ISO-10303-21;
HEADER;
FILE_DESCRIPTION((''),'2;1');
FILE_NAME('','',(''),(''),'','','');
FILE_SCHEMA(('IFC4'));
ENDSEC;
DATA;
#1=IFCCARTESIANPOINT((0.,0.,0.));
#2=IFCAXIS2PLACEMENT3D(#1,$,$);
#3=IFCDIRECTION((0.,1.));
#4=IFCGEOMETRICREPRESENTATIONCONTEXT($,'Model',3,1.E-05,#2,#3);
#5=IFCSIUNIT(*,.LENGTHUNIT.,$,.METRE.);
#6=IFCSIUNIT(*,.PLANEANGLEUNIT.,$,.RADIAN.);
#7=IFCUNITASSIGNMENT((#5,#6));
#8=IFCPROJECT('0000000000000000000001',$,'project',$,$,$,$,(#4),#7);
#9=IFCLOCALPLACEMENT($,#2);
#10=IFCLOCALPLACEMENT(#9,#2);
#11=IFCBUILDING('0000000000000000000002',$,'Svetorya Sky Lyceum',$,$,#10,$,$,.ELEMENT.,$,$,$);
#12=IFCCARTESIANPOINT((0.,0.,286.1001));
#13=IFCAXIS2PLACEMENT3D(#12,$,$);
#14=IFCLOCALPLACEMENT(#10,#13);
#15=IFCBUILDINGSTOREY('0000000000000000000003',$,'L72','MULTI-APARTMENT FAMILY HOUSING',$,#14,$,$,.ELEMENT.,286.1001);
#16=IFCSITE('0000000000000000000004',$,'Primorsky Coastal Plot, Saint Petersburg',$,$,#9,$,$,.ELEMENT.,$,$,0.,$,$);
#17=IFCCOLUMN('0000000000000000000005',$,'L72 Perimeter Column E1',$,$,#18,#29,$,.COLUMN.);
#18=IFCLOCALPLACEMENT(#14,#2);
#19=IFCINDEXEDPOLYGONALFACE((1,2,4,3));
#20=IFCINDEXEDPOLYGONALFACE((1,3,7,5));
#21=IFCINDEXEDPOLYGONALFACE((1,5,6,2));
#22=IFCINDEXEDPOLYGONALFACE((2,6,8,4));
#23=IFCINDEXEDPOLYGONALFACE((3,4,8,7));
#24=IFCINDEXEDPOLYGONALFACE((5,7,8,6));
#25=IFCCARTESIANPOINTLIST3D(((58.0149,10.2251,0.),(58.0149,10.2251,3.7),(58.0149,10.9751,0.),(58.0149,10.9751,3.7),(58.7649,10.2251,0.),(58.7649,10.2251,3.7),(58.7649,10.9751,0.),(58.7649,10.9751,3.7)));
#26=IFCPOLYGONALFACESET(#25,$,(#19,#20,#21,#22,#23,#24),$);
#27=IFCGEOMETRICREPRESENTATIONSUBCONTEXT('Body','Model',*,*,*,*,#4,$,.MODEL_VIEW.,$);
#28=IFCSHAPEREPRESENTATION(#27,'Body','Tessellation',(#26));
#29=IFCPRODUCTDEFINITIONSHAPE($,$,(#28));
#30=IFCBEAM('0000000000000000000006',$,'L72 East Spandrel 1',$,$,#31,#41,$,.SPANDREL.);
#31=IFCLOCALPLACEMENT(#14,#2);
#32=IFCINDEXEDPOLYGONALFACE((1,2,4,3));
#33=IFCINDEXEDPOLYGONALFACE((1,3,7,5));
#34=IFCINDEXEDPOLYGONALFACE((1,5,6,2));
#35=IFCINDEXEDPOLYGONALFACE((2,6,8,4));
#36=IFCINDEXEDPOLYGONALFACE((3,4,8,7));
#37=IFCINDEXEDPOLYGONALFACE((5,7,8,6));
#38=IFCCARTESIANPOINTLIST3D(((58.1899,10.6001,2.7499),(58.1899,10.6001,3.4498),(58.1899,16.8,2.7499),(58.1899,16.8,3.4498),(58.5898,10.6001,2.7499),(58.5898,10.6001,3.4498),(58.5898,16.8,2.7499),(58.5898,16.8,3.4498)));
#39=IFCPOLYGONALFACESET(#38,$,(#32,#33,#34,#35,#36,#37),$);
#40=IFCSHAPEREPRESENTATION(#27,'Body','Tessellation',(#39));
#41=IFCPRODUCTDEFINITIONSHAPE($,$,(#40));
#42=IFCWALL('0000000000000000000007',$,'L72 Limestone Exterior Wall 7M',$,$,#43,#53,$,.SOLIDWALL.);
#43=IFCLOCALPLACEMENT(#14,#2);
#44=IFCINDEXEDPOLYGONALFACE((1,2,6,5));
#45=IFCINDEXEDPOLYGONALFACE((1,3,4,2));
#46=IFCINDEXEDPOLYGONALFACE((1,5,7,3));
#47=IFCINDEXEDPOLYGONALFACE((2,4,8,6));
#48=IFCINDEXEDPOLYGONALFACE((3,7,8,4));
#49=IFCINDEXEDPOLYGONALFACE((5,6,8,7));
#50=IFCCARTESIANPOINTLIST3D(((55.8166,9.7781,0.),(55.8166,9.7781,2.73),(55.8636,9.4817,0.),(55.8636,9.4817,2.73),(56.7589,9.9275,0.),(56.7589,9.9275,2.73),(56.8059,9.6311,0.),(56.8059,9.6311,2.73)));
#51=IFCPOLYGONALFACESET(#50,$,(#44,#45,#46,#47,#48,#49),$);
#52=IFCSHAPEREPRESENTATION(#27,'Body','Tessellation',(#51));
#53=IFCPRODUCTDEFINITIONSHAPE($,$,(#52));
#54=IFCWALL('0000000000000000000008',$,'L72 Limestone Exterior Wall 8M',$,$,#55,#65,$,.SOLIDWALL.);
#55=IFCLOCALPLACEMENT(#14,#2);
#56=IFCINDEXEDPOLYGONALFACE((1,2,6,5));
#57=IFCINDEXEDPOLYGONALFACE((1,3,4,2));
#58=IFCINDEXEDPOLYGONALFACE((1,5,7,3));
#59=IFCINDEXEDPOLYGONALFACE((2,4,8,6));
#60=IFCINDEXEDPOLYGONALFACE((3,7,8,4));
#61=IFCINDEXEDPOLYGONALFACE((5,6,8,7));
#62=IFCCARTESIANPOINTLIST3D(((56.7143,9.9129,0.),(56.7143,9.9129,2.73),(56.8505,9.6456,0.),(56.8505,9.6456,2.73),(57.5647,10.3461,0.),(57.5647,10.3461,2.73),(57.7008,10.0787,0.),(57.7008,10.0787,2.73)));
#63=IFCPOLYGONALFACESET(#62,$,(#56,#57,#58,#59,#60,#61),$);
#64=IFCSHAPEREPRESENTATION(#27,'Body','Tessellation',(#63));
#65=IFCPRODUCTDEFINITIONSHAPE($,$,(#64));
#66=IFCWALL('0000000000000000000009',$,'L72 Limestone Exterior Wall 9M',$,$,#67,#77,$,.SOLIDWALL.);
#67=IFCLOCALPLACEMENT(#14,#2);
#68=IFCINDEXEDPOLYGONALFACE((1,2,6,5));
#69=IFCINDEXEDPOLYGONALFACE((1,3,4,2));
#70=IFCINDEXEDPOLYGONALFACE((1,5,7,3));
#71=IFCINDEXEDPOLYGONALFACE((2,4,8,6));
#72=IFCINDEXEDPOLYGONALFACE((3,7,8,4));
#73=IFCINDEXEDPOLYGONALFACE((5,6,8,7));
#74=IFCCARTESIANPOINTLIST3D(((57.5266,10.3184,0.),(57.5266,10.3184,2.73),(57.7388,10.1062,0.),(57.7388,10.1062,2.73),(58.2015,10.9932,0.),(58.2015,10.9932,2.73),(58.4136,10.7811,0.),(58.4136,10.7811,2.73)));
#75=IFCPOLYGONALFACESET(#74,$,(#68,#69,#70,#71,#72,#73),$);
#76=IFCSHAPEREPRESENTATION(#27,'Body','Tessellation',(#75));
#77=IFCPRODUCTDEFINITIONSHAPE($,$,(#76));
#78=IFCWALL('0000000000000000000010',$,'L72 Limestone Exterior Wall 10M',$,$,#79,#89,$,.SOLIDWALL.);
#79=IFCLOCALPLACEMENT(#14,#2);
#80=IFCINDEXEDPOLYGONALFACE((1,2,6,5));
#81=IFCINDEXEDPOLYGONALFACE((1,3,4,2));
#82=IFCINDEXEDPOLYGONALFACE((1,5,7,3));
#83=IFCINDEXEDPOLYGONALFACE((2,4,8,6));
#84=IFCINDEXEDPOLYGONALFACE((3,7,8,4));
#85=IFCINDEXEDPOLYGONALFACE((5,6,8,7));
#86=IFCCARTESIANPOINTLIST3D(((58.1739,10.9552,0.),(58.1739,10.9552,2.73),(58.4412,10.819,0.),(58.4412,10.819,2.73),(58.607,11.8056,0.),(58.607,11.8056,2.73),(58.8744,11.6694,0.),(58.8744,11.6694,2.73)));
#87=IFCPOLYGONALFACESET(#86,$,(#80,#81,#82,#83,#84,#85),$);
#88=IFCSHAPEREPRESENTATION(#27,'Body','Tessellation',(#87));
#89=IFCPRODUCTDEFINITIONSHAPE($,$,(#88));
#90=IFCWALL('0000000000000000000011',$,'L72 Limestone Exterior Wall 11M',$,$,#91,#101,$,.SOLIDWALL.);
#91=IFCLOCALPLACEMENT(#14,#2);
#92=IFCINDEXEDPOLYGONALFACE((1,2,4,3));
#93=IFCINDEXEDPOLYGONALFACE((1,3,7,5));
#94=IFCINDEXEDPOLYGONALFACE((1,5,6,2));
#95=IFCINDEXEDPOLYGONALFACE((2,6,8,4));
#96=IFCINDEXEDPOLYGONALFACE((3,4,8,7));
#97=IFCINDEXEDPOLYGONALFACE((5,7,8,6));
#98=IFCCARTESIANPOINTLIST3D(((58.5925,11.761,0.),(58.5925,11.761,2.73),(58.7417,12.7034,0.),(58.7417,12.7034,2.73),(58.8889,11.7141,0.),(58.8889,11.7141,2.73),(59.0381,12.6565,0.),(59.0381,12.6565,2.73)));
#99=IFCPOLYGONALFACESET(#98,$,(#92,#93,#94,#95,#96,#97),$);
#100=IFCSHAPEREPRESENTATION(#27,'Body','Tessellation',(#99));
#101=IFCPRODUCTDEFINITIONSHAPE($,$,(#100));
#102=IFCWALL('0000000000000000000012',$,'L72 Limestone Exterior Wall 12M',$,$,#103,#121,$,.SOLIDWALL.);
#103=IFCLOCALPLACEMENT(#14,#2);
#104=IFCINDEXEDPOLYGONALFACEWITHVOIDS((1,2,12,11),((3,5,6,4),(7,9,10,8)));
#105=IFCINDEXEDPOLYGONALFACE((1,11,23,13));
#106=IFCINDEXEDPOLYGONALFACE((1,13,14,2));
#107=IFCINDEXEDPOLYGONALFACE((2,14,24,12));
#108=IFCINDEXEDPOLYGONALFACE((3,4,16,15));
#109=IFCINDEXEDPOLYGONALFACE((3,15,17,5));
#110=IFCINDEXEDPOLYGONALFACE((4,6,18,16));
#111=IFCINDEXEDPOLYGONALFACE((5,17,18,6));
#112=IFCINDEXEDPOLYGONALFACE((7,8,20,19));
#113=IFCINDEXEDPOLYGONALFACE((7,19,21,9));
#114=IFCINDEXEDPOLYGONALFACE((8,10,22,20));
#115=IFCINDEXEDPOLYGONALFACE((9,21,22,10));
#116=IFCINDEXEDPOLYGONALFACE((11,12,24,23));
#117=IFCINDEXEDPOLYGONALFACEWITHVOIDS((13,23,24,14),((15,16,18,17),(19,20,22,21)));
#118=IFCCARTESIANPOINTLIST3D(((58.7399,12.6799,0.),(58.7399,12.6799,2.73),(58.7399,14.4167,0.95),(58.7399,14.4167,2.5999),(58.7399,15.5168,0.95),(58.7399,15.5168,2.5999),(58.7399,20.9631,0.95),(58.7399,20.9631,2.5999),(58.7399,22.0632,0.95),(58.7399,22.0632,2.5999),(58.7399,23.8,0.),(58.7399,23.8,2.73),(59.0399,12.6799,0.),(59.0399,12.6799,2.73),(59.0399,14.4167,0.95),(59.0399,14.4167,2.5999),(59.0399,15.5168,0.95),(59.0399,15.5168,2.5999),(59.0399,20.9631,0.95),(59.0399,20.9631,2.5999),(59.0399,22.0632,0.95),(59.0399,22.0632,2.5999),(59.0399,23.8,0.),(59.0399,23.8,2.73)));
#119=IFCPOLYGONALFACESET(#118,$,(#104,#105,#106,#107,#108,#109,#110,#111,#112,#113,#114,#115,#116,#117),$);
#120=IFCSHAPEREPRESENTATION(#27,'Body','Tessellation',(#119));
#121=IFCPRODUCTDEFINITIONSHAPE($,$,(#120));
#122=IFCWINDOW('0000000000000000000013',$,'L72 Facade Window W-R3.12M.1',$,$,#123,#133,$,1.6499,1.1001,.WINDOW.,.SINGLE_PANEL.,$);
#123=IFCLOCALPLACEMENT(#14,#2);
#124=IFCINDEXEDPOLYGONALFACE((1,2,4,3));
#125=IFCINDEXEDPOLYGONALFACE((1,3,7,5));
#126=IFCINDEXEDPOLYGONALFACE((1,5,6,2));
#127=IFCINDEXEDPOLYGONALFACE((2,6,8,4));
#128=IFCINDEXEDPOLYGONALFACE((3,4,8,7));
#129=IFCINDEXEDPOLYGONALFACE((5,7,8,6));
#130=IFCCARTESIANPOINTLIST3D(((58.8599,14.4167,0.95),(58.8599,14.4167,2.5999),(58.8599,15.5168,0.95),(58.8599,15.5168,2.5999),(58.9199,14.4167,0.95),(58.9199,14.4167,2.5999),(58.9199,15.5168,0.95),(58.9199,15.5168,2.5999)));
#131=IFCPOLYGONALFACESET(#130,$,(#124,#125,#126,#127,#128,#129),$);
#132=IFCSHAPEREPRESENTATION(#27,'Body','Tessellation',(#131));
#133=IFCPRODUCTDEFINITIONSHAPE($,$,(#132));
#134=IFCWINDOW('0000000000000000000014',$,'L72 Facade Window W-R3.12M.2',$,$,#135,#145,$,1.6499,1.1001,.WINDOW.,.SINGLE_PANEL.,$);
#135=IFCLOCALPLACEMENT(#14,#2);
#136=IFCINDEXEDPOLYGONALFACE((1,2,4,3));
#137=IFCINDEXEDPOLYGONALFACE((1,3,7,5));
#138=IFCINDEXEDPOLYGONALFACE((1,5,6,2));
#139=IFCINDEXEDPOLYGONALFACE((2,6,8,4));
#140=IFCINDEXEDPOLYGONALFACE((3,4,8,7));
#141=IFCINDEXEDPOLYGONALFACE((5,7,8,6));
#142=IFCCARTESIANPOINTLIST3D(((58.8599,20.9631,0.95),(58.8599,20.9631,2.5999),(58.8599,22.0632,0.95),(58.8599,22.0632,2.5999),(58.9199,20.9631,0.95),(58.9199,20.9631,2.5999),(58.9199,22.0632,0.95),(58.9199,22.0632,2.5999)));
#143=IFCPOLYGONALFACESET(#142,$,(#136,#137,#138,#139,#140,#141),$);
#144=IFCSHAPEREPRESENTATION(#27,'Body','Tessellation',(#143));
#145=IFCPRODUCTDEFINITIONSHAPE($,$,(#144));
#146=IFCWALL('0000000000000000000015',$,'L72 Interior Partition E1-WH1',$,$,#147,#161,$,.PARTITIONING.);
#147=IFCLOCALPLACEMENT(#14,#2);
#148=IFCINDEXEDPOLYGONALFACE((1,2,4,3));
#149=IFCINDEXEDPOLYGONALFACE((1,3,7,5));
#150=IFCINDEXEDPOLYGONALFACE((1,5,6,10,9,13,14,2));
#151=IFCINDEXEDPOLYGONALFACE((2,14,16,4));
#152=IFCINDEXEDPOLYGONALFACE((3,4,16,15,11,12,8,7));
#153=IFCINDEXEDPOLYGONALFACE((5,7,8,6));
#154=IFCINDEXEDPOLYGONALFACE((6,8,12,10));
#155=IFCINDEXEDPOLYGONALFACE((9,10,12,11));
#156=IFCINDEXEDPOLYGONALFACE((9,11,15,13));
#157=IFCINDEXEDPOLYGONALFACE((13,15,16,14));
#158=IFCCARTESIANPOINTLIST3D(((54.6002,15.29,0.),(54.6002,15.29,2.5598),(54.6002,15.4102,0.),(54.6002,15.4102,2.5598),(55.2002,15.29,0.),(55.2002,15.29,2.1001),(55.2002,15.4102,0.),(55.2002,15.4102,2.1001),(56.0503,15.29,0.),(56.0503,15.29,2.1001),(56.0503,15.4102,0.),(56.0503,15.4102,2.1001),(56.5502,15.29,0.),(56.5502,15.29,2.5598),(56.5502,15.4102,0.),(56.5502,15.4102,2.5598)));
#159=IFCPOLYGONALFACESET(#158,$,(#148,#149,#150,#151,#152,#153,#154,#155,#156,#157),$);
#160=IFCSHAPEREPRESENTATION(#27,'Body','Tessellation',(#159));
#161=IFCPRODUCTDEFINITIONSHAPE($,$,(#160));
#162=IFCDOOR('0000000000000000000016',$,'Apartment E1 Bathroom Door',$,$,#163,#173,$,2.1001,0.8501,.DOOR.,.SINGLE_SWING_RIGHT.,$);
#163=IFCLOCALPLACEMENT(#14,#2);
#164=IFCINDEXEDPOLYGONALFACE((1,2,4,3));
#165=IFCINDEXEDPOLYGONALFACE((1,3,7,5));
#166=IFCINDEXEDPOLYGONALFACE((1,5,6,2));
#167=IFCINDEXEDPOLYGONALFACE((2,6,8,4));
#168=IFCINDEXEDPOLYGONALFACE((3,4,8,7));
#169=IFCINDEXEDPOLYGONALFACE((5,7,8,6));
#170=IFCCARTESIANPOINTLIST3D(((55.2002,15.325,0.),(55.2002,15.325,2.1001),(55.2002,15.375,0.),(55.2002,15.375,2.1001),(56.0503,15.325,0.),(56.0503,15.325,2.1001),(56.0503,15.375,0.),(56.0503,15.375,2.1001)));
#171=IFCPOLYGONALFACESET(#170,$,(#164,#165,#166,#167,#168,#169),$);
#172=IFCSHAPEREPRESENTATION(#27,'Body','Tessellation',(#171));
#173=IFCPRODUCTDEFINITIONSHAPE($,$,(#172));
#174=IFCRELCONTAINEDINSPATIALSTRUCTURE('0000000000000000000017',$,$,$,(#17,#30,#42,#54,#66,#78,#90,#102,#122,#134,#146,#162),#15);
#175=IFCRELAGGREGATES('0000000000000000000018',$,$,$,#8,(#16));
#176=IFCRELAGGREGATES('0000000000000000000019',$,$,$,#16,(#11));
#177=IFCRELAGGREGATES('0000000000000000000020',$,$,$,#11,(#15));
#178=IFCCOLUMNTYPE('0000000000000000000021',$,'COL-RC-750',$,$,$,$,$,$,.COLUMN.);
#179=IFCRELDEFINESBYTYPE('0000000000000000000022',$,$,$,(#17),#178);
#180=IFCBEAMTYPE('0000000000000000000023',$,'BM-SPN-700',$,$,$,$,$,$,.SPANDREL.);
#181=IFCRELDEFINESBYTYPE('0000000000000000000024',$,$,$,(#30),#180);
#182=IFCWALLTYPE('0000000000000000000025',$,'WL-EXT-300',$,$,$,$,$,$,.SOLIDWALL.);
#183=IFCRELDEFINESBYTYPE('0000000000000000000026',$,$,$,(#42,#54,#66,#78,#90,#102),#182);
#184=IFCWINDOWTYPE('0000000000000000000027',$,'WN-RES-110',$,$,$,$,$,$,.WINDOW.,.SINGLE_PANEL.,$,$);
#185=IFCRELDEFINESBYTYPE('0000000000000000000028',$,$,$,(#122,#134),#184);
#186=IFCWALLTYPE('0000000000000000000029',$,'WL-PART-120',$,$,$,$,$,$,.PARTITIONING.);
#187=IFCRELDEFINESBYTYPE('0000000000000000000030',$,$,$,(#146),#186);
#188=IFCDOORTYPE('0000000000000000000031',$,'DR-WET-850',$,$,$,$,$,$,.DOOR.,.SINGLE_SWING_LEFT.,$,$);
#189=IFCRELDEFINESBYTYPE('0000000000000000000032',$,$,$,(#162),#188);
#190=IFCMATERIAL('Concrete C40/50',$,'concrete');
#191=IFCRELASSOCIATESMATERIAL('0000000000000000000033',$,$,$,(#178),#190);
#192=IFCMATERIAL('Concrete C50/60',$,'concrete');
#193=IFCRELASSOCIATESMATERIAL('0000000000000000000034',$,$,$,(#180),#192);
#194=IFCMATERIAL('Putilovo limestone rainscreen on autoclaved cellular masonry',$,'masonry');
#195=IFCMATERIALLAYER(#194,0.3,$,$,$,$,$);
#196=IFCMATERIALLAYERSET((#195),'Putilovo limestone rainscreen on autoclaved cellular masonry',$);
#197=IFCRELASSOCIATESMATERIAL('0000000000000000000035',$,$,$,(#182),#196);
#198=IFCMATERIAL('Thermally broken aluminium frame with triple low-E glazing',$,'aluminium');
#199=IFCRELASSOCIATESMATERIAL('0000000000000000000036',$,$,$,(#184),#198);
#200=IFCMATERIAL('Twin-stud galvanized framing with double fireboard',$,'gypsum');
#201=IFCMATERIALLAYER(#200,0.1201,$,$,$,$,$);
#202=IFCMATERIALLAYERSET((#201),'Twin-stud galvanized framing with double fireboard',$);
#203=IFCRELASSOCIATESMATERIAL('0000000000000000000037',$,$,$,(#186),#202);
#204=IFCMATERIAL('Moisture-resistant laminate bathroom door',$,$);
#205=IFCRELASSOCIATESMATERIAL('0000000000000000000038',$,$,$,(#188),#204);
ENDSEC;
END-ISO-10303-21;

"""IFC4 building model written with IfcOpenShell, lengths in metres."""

from ifc_helpers import new_model, si_unit, direction, frame, frame_2d, origin, origin_2d, place, context, subcontext, project, spatial, rectangle, extrude, material, layer, layer_set, material_profile, profile_set, type_object, element, fill, save


model = new_model("IFC4")

# Units and contexts
model_context = context("Model", 3, precision=1e-05, world=origin(), true_north=direction((0.0, 1.0)))
body_context = subcontext(model_context, "Body", "Model", "MODEL_VIEW")
ifc_project = project(units=[si_unit("LENGTHUNIT", "METRE"), si_unit("PLANEANGLEUNIT", "RADIAN")], contexts=[model_context])

# Site, building, storey
site_placement = place(None, origin())
site = spatial("IfcSite", under=ifc_project, at=site_placement, Name="Primorsky Coastal Plot, Saint Petersburg", CompositionType="ELEMENT", RefElevation=0.0)
building_placement = place(site_placement, origin())
building = spatial("IfcBuilding", under=site, at=building_placement, Name="Svetorya Sky Lyceum", CompositionType="ELEMENT")
storey_placement = place(building_placement, frame((0.0, 0.0, 286.1001)))
storey = spatial("IfcBuildingStorey", under=building, at=storey_placement, Name="L72", Description="MULTI-APARTMENT FAMILY HOUSING", CompositionType="ELEMENT", Elevation=286.1001)

# Column
ifc_material_1 = material(Name="Concrete C40/50", Category="concrete")
ifc_material_profile_1 = material_profile(ifc_material_1, rectangle(XDim=0.75, YDim=0.75, at=origin_2d()), Name="RC COL 750x750")
ifc_profile_set_1 = profile_set([ifc_material_profile_1], Name="Concrete C40/50")
column_type = type_object("IfcColumnType", Name="COL-RC-750", PredefinedType="COLUMN", material=ifc_profile_set_1)
column_placement = place(storey_placement, frame((58.3899, 10.6001, 0.0), z_axis=(0.0, 0.0, 1.0), x_axis=(1.0, 0.0, 0.0)))
element("IfcColumn", 1, at=column_placement, inside=storey, type_object=column_type, Name="L72 Perimeter Column E1", PredefinedType="COLUMN", context=body_context, shape_type="SweptSolid", body=[
    extrude(rectangle(XDim=0.75, YDim=0.75, at=origin_2d()), origin(), (0.0, 0.0, 1.0), 3.7),
])

# Beam
ifc_material_2 = material(Name="Concrete C50/60", Category="concrete")
ifc_material_profile_2 = material_profile(ifc_material_2, rectangle(XDim=0.3999, YDim=0.7, at=origin_2d()), Name="RC SPANDREL 400x700")
ifc_profile_set_2 = profile_set([ifc_material_profile_2], Name="Concrete C50/60")
beam_type = type_object("IfcBeamType", Name="BM-SPN-700", PredefinedType="SPANDREL", material=ifc_profile_set_2)
beam_placement = place(storey_placement, frame((58.3899, 10.6001, 3.0999), z_axis=(0.0, 1.0, 0.0), x_axis=(-1.0, 0.0, 0.0)))
element("IfcBeam", 2, at=beam_placement, inside=storey, type_object=beam_type, Name="L72 East Spandrel 1", PredefinedType="SPANDREL", context=body_context, shape_type="SweptSolid", body=[
    extrude(rectangle(XDim=0.3999, YDim=0.7, at=origin_2d()), origin(), (0.0, 0.0, 1.0), 6.2),
])

# Walls
ifc_material_3 = material(Name="Putilovo limestone rainscreen on autoclaved cellular masonry", Category="masonry")
ifc_layer_1 = layer(ifc_material_3, 0.3)
ifc_layer_set_1 = layer_set([ifc_layer_1], Name="Putilovo limestone rainscreen on autoclaved cellular masonry")
wall_type_1 = type_object("IfcWallType", Name="WL-EXT-300", PredefinedType="SOLIDWALL", material=ifc_layer_set_1)
wall_1_placement = place(storey_placement, frame((55.8401, 9.6299, 0.0), z_axis=(0.0, 0.0, 1.0), x_axis=(0.987663, 0.156593, 0.0)))
element("IfcWall", 3, at=wall_1_placement, inside=storey, type_object=wall_type_1, Name="L72 Limestone Exterior Wall 7M", PredefinedType="SOLIDWALL", context=body_context, shape_type="SweptSolid", body=[
    extrude(rectangle(XDim=0.9541, YDim=0.3, at=frame_2d((0.4771, 0.0))), origin(), (0.0, 0.0, 1.0), 2.73),
])
for number, where, z_axis, x_axis, name in (
    (4, (56.7825, 9.7793, 0.0), (0.0, 0.0, 1.0), (0.891077, 0.453853, 0.0), "L72 Limestone Exterior Wall 8M"),
    (5, (57.6328, 10.2124, 0.0), (0.0, 0.0, 1.0), (0.707107, 0.707107, 0.0), "L72 Limestone Exterior Wall 9M"),
    (6, (58.3076, 10.8872, 0.0), (0.0, 0.0, 1.0), (0.453853, 0.891077, 0.0), "L72 Limestone Exterior Wall 10M"),
):
    element("IfcWall", number, at=place(storey_placement, frame(where, z_axis=z_axis, x_axis=x_axis)), inside=storey, type_object=wall_type_1, Name=name, PredefinedType="SOLIDWALL", context=body_context, shape_type="SweptSolid", body=[
        extrude(rectangle(XDim=0.9543, YDim=0.3, at=frame_2d((0.4771, 0.0))), origin(), (0.0, 0.0, 1.0), 2.73),
    ])
wall_2_placement = place(storey_placement, frame((58.7407, 11.7375, 0.0), z_axis=(0.0, 0.0, 1.0), x_axis=(0.156344, 0.987703, 0.0)))
element("IfcWall", 7, at=wall_2_placement, inside=storey, type_object=wall_type_1, Name="L72 Limestone Exterior Wall 11M", PredefinedType="SOLIDWALL", context=body_context, shape_type="SweptSolid", body=[
    extrude(rectangle(XDim=0.9541, YDim=0.3, at=frame_2d((0.4771, 0.0))), origin(), (0.0, 0.0, 1.0), 2.73),
])

# Wall, openings, windows
wall_3_placement = place(storey_placement, frame((58.8899, 12.6799, 0.0), z_axis=(0.0, 0.0, 1.0), x_axis=(0.0, 1.0, 0.0)))
wall_3 = element("IfcWall", 8, at=wall_3_placement, inside=storey, type_object=wall_type_1, Name="L72 Limestone Exterior Wall 12M", PredefinedType="SOLIDWALL", context=body_context, shape_type="SweptSolid", body=[
    extrude(rectangle(XDim=11.1201, YDim=0.3, at=frame_2d((5.5601, 0.0))), origin(), (0.0, 0.0, 1.0), 2.73),
])
opening_1_placement = place(wall_3_placement, frame((1.7368, 0.0, 0.95)))
opening_1 = element("IfcOpeningElement", 9, at=opening_1_placement, cuts=wall_3, PredefinedType="OPENING", context=body_context, shape_type="SweptSolid", body=[
    extrude(rectangle(XDim=1.1001, YDim=1.6499, at=frame_2d((0.55, 0.825))), frame((0.0, 0.1599, 0.0), z_axis=(0.0, -1.0, 0.0), x_axis=(1.0, 0.0, 0.0)), (0.0, 0.0, 1.0), 0.3201),
])
opening_2_placement = place(wall_3_placement, frame((8.2832, 0.0, 0.95)))
opening_2 = element("IfcOpeningElement", 10, at=opening_2_placement, cuts=wall_3, PredefinedType="OPENING", context=body_context, shape_type="SweptSolid", body=[
    extrude(rectangle(XDim=1.1001, YDim=1.6499, at=frame_2d((0.55, 0.825))), frame((0.0, 0.1599, 0.0), z_axis=(0.0, -1.0, 0.0), x_axis=(1.0, 0.0, 0.0)), (0.0, 0.0, 1.0), 0.3201),
])
ifc_material_4 = material(Name="Thermally broken aluminium frame with triple low-E glazing", Category="aluminium")
window_type = type_object("IfcWindowType", Name="WN-RES-110", PartitioningType="SINGLE_PANEL", PredefinedType="WINDOW", material=ifc_material_4)
window_1_placement = place(opening_1_placement, origin())
window_1 = element("IfcWindow", 11, at=window_1_placement, inside=storey, type_object=window_type, Name="L72 Facade Window W-R3.12M.1", OverallHeight=1.6499, OverallWidth=1.1001, PartitioningType="SINGLE_PANEL", PredefinedType="WINDOW", context=body_context, shape_type="SweptSolid", body=[
    extrude(rectangle(XDim=1.1001, YDim=1.6499, at=frame_2d((0.55, 0.825))), frame((0.0, 0.03, 0.0), z_axis=(0.0, -1.0, 0.0), x_axis=(1.0, 0.0, 0.0)), (0.0, 0.0, 1.0), 0.0601),
])
fill(opening_1, window_1)
window_2_placement = place(opening_2_placement, origin())
window_2 = element("IfcWindow", 12, at=window_2_placement, inside=storey, type_object=window_type, Name="L72 Facade Window W-R3.12M.2", OverallHeight=1.6499, OverallWidth=1.1001, PartitioningType="SINGLE_PANEL", PredefinedType="WINDOW", context=body_context, shape_type="SweptSolid", body=[
    extrude(rectangle(XDim=1.1001, YDim=1.6499, at=frame_2d((0.55, 0.825))), frame((0.0, 0.03, 0.0), z_axis=(0.0, -1.0, 0.0), x_axis=(1.0, 0.0, 0.0)), (0.0, 0.0, 1.0), 0.0601),
])
fill(opening_2, window_2)

# Wall, opening, door
ifc_material_5 = material(Name="Twin-stud galvanized framing with double fireboard", Category="gypsum")
ifc_layer_2 = layer(ifc_material_5, 0.1201)
ifc_layer_set_2 = layer_set([ifc_layer_2], Name="Twin-stud galvanized framing with double fireboard")
wall_type_2 = type_object("IfcWallType", Name="WL-PART-120", PredefinedType="PARTITIONING", material=ifc_layer_set_2)
wall_4_placement = place(storey_placement, frame((54.6001, 15.3501, 0.0), z_axis=(0.0, 0.0, 1.0), x_axis=(1.0, 0.0, 0.0)))
wall_4 = element("IfcWall", 13, at=wall_4_placement, inside=storey, type_object=wall_type_2, Name="L72 Interior Partition E1-WH1", PredefinedType="PARTITIONING", context=body_context, shape_type="SweptSolid", body=[
    extrude(rectangle(XDim=1.95, YDim=0.1201, at=frame_2d((0.9751, 0.0))), origin(), (0.0, 0.0, 1.0), 2.5598),
])
opening_3_placement = place(wall_4_placement, frame((0.6001, 0.0, 0.0)))
opening_3 = element("IfcOpeningElement", 14, at=opening_3_placement, cuts=wall_4, PredefinedType="OPENING", context=body_context, shape_type="SweptSolid", body=[
    extrude(rectangle(XDim=0.8501, YDim=2.1001, at=frame_2d((0.425, 1.05))), frame((0.0, 0.0701, 0.0), z_axis=(0.0, -1.0, 0.0), x_axis=(1.0, 0.0, 0.0)), (0.0, 0.0, 1.0), 0.1401),
])
ifc_material_6 = material(Name="Moisture-resistant laminate bathroom door")
door_type_1 = type_object("IfcDoorType", Name="DR-WET-850", OperationType="SINGLE_SWING_LEFT", PredefinedType="DOOR", material=ifc_material_6)
door_1_placement = place(opening_3_placement, origin())
door_1 = element("IfcDoor", 15, at=door_1_placement, inside=storey, type_object=door_type_1, Name="Apartment E1 Bathroom Door", OperationType="SINGLE_SWING_RIGHT", OverallHeight=2.1001, OverallWidth=0.8501, PredefinedType="DOOR", context=body_context, shape_type="SweptSolid", body=[
    extrude(rectangle(XDim=0.8501, YDim=2.1001, at=frame_2d((0.425, 1.05))), frame((0.0, 0.0249, 0.0), z_axis=(0.0, -1.0, 0.0), x_axis=(1.0, 0.0, 0.0)), (0.0, 0.0, 1.0), 0.05),
])
fill(opening_3, door_1)

save(model, "model.ifc")
